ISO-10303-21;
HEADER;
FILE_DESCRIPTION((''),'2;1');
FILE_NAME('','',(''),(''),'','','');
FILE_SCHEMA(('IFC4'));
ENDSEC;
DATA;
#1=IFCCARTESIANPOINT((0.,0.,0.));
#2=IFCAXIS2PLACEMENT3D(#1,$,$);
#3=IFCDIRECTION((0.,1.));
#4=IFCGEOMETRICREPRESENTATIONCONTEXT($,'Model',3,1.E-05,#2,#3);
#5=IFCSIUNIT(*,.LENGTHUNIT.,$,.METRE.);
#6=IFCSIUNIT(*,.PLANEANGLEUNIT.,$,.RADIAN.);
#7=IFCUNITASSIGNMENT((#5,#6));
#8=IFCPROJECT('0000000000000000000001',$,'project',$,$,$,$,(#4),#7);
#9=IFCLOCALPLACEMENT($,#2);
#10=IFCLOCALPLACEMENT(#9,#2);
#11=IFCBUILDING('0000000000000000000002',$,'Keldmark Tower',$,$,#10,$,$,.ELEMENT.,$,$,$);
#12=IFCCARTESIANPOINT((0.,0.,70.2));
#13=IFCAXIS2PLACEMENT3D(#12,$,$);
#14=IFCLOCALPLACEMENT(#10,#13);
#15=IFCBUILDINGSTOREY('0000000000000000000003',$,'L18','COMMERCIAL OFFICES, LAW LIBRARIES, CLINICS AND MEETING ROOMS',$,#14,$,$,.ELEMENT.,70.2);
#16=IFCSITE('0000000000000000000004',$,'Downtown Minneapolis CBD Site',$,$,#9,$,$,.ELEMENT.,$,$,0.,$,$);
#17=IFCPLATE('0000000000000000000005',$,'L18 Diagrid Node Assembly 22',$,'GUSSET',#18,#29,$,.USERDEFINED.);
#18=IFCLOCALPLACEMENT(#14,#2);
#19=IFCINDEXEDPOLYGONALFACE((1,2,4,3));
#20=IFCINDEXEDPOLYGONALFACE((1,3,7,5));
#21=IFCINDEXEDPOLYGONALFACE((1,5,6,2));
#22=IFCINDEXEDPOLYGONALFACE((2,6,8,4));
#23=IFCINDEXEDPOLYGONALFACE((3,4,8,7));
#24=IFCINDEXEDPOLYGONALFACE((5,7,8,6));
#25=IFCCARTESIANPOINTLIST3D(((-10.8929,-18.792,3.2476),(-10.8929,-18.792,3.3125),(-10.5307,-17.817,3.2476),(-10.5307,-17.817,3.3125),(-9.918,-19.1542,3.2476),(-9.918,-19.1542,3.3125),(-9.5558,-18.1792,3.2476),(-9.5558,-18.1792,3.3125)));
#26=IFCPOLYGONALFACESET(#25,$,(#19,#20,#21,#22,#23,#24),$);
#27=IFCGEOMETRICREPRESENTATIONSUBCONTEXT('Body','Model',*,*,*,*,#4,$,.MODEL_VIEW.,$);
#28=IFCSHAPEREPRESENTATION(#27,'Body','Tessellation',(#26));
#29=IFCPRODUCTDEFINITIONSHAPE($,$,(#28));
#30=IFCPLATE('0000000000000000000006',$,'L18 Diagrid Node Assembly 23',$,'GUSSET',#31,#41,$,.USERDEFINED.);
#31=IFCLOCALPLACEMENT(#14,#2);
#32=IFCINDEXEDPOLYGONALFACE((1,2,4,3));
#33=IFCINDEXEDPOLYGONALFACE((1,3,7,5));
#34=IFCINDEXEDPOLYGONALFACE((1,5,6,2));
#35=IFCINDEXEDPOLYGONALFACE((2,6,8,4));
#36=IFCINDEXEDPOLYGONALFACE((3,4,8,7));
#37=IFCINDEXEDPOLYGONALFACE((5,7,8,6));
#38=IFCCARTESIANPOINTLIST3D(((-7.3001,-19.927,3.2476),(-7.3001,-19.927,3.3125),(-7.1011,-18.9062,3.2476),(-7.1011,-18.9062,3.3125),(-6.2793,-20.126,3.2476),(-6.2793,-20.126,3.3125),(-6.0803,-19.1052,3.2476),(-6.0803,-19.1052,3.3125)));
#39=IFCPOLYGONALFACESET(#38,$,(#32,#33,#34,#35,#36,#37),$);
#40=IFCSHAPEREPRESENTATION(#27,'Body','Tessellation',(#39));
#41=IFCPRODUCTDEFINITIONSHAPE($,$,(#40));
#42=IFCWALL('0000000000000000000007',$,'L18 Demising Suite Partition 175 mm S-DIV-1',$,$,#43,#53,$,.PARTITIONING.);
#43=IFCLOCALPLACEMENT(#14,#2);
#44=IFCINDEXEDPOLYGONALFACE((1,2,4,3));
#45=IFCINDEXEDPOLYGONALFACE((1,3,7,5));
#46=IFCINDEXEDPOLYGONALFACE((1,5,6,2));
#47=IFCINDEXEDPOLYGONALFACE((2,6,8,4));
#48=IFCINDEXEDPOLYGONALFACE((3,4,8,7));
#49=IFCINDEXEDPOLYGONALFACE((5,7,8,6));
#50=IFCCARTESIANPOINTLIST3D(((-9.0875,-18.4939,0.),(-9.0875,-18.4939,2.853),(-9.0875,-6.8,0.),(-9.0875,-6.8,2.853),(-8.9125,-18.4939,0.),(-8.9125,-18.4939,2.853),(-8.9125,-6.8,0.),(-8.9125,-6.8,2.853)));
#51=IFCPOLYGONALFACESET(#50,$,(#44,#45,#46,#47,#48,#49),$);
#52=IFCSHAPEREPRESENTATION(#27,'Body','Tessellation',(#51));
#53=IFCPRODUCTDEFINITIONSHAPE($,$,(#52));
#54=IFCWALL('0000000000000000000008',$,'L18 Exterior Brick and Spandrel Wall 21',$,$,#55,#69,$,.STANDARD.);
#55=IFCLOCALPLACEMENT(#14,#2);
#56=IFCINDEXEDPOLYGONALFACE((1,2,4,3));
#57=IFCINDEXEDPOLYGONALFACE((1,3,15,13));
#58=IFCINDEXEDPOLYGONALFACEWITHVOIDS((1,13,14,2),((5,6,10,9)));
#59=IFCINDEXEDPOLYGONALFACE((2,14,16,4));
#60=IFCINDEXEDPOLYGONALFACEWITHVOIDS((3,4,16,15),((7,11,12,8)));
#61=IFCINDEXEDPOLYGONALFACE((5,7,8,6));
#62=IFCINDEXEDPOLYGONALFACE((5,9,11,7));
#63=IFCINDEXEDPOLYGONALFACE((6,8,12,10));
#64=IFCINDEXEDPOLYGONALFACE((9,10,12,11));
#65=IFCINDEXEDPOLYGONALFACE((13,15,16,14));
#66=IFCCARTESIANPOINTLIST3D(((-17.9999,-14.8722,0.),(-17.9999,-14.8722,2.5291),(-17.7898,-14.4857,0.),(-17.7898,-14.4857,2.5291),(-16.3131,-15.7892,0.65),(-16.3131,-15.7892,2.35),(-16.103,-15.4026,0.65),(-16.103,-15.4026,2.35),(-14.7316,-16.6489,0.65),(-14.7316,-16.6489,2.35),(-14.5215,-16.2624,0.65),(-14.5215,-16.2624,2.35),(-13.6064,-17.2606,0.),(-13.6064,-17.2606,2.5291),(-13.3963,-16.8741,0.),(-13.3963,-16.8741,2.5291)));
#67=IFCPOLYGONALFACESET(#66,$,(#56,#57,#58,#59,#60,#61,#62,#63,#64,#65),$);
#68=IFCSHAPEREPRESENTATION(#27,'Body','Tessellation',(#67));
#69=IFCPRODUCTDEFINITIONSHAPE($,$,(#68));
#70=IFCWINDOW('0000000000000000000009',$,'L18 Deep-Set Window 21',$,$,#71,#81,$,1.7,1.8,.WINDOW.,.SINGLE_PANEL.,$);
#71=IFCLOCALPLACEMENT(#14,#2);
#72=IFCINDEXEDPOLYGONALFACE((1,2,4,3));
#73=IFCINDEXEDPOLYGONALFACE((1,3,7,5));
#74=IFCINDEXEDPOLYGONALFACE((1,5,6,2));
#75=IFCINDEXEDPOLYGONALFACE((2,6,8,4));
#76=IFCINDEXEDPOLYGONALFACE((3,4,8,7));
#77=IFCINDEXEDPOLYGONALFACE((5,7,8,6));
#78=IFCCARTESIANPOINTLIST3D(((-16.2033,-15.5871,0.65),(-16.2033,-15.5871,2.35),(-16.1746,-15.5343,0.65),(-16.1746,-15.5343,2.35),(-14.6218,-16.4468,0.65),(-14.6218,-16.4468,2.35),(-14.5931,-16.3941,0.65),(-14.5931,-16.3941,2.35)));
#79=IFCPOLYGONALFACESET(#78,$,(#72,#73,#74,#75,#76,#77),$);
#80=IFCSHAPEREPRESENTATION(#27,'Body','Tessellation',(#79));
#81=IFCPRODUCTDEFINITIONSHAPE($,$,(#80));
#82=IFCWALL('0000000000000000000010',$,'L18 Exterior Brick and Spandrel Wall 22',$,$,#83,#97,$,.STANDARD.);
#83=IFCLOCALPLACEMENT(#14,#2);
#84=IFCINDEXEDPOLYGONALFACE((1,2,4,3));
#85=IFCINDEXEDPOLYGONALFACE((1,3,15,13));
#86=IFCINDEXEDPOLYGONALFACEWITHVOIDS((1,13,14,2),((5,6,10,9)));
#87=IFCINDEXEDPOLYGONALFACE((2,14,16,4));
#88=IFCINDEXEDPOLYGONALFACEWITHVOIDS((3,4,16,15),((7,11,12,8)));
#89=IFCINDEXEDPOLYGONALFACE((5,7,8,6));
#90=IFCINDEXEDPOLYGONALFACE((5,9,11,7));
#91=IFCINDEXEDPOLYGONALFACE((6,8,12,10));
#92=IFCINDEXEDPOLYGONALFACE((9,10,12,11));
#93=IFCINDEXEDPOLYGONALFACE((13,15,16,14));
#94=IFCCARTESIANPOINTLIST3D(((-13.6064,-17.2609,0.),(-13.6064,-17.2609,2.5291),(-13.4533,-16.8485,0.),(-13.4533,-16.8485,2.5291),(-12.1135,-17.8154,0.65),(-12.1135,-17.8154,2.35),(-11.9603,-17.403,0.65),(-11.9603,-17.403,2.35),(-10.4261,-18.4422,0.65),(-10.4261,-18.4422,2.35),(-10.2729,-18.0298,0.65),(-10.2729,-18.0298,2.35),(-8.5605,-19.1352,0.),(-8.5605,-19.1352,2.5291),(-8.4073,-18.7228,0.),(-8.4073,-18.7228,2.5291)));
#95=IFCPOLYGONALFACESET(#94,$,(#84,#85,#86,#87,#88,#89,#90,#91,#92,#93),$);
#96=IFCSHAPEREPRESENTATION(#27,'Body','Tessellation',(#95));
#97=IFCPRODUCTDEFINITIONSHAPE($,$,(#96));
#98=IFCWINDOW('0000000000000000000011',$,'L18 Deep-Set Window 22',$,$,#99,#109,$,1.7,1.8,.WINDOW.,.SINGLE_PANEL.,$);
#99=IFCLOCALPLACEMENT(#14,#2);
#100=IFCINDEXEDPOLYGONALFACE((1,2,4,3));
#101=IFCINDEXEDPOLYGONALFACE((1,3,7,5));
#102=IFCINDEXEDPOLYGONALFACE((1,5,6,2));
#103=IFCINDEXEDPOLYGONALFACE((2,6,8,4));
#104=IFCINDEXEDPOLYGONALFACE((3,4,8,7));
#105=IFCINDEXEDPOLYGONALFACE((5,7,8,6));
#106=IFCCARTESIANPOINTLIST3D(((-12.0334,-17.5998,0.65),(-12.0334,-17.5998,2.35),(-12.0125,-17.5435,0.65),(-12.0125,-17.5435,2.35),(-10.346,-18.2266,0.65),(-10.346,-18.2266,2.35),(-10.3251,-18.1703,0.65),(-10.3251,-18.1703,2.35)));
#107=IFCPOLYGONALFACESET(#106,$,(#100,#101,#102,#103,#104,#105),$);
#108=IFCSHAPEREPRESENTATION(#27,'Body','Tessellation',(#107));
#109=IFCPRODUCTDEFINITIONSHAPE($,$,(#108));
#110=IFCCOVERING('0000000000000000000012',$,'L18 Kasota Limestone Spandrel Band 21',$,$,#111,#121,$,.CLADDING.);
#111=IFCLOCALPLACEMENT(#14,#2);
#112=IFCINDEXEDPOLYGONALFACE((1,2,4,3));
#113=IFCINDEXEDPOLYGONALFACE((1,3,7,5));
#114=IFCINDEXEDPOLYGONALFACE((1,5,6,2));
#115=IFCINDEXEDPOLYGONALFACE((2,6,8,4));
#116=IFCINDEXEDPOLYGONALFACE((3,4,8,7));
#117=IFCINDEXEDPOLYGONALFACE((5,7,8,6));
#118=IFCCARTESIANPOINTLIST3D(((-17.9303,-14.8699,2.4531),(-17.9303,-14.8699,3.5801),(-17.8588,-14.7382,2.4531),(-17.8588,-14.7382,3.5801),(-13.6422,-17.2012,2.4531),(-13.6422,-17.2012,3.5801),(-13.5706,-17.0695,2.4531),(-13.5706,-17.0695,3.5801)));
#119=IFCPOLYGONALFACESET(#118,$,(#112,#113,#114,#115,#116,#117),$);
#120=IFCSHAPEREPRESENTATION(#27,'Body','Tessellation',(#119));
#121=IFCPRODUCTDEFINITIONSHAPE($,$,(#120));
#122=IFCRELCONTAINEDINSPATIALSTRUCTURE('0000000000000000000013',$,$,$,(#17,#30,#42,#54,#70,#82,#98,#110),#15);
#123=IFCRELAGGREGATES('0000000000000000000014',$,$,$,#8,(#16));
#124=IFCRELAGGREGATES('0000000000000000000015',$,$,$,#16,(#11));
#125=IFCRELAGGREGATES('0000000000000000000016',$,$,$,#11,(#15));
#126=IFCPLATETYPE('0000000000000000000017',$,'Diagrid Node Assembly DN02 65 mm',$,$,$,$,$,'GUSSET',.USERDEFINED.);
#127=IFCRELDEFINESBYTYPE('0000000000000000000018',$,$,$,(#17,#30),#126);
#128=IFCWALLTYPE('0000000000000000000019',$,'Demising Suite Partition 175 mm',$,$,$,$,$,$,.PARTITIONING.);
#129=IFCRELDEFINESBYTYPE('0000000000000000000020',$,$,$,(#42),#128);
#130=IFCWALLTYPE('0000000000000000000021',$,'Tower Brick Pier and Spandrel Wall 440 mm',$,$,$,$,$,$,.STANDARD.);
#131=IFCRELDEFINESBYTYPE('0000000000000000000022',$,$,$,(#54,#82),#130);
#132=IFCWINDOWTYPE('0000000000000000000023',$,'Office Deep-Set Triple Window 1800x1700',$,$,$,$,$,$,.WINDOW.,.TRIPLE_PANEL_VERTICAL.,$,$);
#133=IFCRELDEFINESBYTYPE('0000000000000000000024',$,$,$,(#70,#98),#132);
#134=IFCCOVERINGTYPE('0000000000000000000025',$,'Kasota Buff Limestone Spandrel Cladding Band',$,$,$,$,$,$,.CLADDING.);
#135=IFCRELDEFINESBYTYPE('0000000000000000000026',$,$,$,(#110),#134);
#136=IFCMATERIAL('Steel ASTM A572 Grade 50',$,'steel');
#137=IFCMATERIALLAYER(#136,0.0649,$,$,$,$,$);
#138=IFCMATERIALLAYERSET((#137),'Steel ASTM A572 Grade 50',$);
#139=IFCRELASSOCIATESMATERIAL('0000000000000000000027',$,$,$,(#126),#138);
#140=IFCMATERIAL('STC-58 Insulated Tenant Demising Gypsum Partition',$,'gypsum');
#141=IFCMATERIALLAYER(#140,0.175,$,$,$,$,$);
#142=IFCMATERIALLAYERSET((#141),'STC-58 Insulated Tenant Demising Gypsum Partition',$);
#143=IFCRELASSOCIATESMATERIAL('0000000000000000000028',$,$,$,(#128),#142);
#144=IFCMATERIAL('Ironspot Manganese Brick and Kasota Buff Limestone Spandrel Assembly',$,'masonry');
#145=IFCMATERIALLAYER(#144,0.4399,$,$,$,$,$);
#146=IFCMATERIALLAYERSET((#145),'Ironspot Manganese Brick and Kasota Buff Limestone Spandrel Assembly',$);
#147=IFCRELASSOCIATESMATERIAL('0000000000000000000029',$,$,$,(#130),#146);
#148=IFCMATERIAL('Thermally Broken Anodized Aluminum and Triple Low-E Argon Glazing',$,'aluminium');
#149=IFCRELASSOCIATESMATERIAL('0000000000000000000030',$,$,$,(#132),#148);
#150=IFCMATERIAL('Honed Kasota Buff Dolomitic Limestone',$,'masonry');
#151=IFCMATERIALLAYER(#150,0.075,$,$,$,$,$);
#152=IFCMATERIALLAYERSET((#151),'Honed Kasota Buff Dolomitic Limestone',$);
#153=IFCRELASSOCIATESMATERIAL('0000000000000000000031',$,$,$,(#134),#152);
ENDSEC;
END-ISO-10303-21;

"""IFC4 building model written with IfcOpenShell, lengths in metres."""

from ifc_helpers import new_model, si_unit, direction, frame, frame_2d, origin, origin_2d, place, context, subcontext, project, spatial, rectangle, extrude, material, layer, layer_set, type_object, element, fill, save


model = new_model("IFC4")

# Units and contexts
model_context = context("Model", 3, precision=1e-05, world=origin(), true_north=direction((0.0, 1.0)))
body_context = subcontext(model_context, "Body", "Model", "MODEL_VIEW")
ifc_project = project(units=[si_unit("LENGTHUNIT", "METRE"), si_unit("PLANEANGLEUNIT", "RADIAN")], contexts=[model_context])

# Site, building, storey
site_placement = place(None, origin())
site = spatial("IfcSite", under=ifc_project, at=site_placement, Name="Downtown Minneapolis CBD Site", CompositionType="ELEMENT", RefElevation=0.0)
building_placement = place(site_placement, origin())
building = spatial("IfcBuilding", under=site, at=building_placement, Name="Keldmark Tower", CompositionType="ELEMENT")
storey_placement = place(building_placement, frame((0.0, 0.0, 70.2)))
storey = spatial("IfcBuildingStorey", under=building, at=storey_placement, Name="L18", Description="COMMERCIAL OFFICES, LAW LIBRARIES, CLINICS AND MEETING ROOMS", CompositionType="ELEMENT", Elevation=70.2)

# Plates
ifc_material_1 = material(Name="Steel ASTM A572 Grade 50", Category="steel")
ifc_layer_1 = layer(ifc_material_1, 0.0649)
ifc_layer_set_1 = layer_set([ifc_layer_1], Name="Steel ASTM A572 Grade 50")
plate_type = type_object("IfcPlateType", Name="Diagrid Node Assembly DN02 65 mm", ElementType="GUSSET", PredefinedType="USERDEFINED", material=ifc_layer_set_1)
for number, where, z_axis, x_axis, name in (
    (1, (-10.2244, -18.4856, 3.2476), (0.0, 0.0, 1.0), (0.937404, -0.348245, 0.0), "L18 Diagrid Node Assembly 22"),
    (2, (-6.6902, -19.5161, 3.2476), (0.0, 0.0, 1.0), (0.981527, -0.191323, 0.0), "L18 Diagrid Node Assembly 23"),
):
    element("IfcPlate", number, at=place(storey_placement, frame(where, z_axis=z_axis, x_axis=x_axis)), inside=storey, type_object=plate_type, Name=name, ObjectType="GUSSET", PredefinedType="USERDEFINED", context=body_context, shape_type="SweptSolid", body=[
        extrude(rectangle(XDim=1.04, YDim=1.04, at=origin_2d()), origin(), (0.0, 0.0, 1.0), 0.0649),
    ])

# Wall
ifc_material_2 = material(Name="STC-58 Insulated Tenant Demising Gypsum Partition", Category="gypsum")
ifc_layer_2 = layer(ifc_material_2, 0.175)
ifc_layer_set_2 = layer_set([ifc_layer_2], Name="STC-58 Insulated Tenant Demising Gypsum Partition")
wall_type_1 = type_object("IfcWallType", Name="Demising Suite Partition 175 mm", PredefinedType="PARTITIONING", material=ifc_layer_set_2)
wall_1_placement = place(storey_placement, frame((-9.0, -18.4939, 0.0), z_axis=(0.0, 0.0, 1.0), x_axis=(0.0, 1.0, 0.0)))
element("IfcWall", 3, at=wall_1_placement, inside=storey, type_object=wall_type_1, Name="L18 Demising Suite Partition 175 mm S-DIV-1", PredefinedType="PARTITIONING", context=body_context, shape_type="SweptSolid", body=[
    extrude(rectangle(XDim=11.6938, YDim=0.175, at=frame_2d((5.8469, 0.0))), origin(), (0.0, 0.0, 1.0), 2.853),
])

# Walls, openings, windows
ifc_material_3 = material(Name="Ironspot Manganese Brick and Kasota Buff Limestone Spandrel Assembly", Category="masonry")
ifc_layer_3 = layer(ifc_material_3, 0.4399)
ifc_layer_set_3 = layer_set([ifc_layer_3], Name="Ironspot Manganese Brick and Kasota Buff Limestone Spandrel Assembly")
wall_type_2 = type_object("IfcWallType", Name="Tower Brick Pier and Spandrel Wall 440 mm", PredefinedType="STANDARD", material=ifc_layer_set_3)
wall_2_placement = place(storey_placement, frame((-13.5012, -17.0674, 0.0), z_axis=(0.0, 0.0, 1.0), x_axis=(-0.878572, 0.47761, 0.0)))
wall_2 = element("IfcWall", 4, at=wall_2_placement, inside=storey, type_object=wall_type_2, Name="L18 Exterior Brick and Spandrel Wall 21", PredefinedType="STANDARD", context=body_context, shape_type="SweptSolid", body=[
    extrude(rectangle(XDim=5.0007, YDim=0.4399, at=frame_2d((2.5005, 0.0))), origin(), (0.0, 0.0, 1.0), 2.5291),
])
opening_1_placement = place(wall_2_placement, frame((1.281, 0.0, 0.6499)))
opening_1 = element("IfcOpeningElement", 5, at=opening_1_placement, cuts=wall_2, PredefinedType="OPENING", context=body_context, shape_type="SweptSolid", body=[
    extrude(rectangle(XDim=1.8, YDim=1.7, at=frame_2d((0.8999, 0.8501))), frame((0.0, 0.23, 0.0), z_axis=(0.0, -1.0, 0.0), x_axis=(1.0, 0.0, 0.0)), (0.0, 0.0, 1.0), 0.46),
])
ifc_material_4 = material(Name="Thermally Broken Anodized Aluminum and Triple Low-E Argon Glazing", Category="aluminium")
window_type = type_object("IfcWindowType", Name="Office Deep-Set Triple Window 1800x1700", PartitioningType="TRIPLE_PANEL_VERTICAL", PredefinedType="WINDOW", material=ifc_material_4)
window_1_placement = place(opening_1_placement, origin())
window_1 = element("IfcWindow", 6, at=window_1_placement, inside=storey, type_object=window_type, Name="L18 Deep-Set Window 21", OverallHeight=1.7, OverallWidth=1.8, PartitioningType="SINGLE_PANEL", PredefinedType="WINDOW", context=body_context, shape_type="SweptSolid", body=[
    extrude(rectangle(XDim=1.8, YDim=1.7, at=frame_2d((0.8999, 0.8501))), frame((0.0, -0.01, 0.0), z_axis=(0.0, -1.0, 0.0), x_axis=(1.0, 0.0, 0.0)), (0.0, 0.0, 1.0), 0.0601),
])
fill(opening_1, window_1)
wall_3_placement = place(storey_placement, frame((-8.4839, -18.929, 0.0), z_axis=(0.0, 0.0, 1.0), x_axis=(-0.937421, 0.348199, 0.0)))
wall_3 = element("IfcWall", 7, at=wall_3_placement, inside=storey, type_object=wall_type_2, Name="L18 Exterior Brick and Spandrel Wall 22", PredefinedType="STANDARD", context=body_context, shape_type="SweptSolid", body=[
    extrude(rectangle(XDim=5.3828, YDim=0.4399, at=frame_2d((2.6914, 0.0))), origin(), (0.0, 0.0, 1.0), 2.5291),
])
opening_2_placement = place(wall_3_placement, frame((1.9902, 0.0, 0.6499)))
opening_2 = element("IfcOpeningElement", 8, at=opening_2_placement, cuts=wall_3, PredefinedType="OPENING", context=body_context, shape_type="SweptSolid", body=[
    extrude(rectangle(XDim=1.8, YDim=1.7, at=frame_2d((0.8999, 0.8501))), frame((0.0, 0.23, 0.0), z_axis=(0.0, -1.0, 0.0), x_axis=(1.0, 0.0, 0.0)), (0.0, 0.0, 1.0), 0.46),
])
window_2_placement = place(opening_2_placement, origin())
window_2 = element("IfcWindow", 9, at=window_2_placement, inside=storey, type_object=window_type, Name="L18 Deep-Set Window 22", OverallHeight=1.7, OverallWidth=1.8, PartitioningType="SINGLE_PANEL", PredefinedType="WINDOW", context=body_context, shape_type="SweptSolid", body=[
    extrude(rectangle(XDim=1.8, YDim=1.7, at=frame_2d((0.8999, 0.8501))), frame((0.0, -0.01, 0.0), z_axis=(0.0, -1.0, 0.0), x_axis=(1.0, 0.0, 0.0)), (0.0, 0.0, 1.0), 0.0601),
])
fill(opening_2, window_2)

# Covering
ifc_material_5 = material(Name="Honed Kasota Buff Dolomitic Limestone", Category="masonry")
ifc_layer_4 = layer(ifc_material_5, 0.075)
ifc_layer_set_4 = layer_set([ifc_layer_4], Name="Honed Kasota Buff Dolomitic Limestone")
covering_type = type_object("IfcCoveringType", Name="Kasota Buff Limestone Spandrel Cladding Band", PredefinedType="CLADDING", material=ifc_layer_set_4)
covering_placement = place(storey_placement, frame((-15.7505, -15.9697, 2.4531), z_axis=(0.0, 0.0, 1.0), x_axis=(0.878559, -0.477634, 0.0)))
element("IfcCovering", 10, at=covering_placement, inside=storey, type_object=covering_type, Name="L18 Kasota Limestone Spandrel Band 21", PredefinedType="CLADDING", context=body_context, shape_type="SweptSolid", body=[
    extrude(rectangle(XDim=4.8809, YDim=0.1499, at=origin_2d()), origin(), (0.0, 0.0, 1.0), 1.127),
])

save(model, "model.ifc")
